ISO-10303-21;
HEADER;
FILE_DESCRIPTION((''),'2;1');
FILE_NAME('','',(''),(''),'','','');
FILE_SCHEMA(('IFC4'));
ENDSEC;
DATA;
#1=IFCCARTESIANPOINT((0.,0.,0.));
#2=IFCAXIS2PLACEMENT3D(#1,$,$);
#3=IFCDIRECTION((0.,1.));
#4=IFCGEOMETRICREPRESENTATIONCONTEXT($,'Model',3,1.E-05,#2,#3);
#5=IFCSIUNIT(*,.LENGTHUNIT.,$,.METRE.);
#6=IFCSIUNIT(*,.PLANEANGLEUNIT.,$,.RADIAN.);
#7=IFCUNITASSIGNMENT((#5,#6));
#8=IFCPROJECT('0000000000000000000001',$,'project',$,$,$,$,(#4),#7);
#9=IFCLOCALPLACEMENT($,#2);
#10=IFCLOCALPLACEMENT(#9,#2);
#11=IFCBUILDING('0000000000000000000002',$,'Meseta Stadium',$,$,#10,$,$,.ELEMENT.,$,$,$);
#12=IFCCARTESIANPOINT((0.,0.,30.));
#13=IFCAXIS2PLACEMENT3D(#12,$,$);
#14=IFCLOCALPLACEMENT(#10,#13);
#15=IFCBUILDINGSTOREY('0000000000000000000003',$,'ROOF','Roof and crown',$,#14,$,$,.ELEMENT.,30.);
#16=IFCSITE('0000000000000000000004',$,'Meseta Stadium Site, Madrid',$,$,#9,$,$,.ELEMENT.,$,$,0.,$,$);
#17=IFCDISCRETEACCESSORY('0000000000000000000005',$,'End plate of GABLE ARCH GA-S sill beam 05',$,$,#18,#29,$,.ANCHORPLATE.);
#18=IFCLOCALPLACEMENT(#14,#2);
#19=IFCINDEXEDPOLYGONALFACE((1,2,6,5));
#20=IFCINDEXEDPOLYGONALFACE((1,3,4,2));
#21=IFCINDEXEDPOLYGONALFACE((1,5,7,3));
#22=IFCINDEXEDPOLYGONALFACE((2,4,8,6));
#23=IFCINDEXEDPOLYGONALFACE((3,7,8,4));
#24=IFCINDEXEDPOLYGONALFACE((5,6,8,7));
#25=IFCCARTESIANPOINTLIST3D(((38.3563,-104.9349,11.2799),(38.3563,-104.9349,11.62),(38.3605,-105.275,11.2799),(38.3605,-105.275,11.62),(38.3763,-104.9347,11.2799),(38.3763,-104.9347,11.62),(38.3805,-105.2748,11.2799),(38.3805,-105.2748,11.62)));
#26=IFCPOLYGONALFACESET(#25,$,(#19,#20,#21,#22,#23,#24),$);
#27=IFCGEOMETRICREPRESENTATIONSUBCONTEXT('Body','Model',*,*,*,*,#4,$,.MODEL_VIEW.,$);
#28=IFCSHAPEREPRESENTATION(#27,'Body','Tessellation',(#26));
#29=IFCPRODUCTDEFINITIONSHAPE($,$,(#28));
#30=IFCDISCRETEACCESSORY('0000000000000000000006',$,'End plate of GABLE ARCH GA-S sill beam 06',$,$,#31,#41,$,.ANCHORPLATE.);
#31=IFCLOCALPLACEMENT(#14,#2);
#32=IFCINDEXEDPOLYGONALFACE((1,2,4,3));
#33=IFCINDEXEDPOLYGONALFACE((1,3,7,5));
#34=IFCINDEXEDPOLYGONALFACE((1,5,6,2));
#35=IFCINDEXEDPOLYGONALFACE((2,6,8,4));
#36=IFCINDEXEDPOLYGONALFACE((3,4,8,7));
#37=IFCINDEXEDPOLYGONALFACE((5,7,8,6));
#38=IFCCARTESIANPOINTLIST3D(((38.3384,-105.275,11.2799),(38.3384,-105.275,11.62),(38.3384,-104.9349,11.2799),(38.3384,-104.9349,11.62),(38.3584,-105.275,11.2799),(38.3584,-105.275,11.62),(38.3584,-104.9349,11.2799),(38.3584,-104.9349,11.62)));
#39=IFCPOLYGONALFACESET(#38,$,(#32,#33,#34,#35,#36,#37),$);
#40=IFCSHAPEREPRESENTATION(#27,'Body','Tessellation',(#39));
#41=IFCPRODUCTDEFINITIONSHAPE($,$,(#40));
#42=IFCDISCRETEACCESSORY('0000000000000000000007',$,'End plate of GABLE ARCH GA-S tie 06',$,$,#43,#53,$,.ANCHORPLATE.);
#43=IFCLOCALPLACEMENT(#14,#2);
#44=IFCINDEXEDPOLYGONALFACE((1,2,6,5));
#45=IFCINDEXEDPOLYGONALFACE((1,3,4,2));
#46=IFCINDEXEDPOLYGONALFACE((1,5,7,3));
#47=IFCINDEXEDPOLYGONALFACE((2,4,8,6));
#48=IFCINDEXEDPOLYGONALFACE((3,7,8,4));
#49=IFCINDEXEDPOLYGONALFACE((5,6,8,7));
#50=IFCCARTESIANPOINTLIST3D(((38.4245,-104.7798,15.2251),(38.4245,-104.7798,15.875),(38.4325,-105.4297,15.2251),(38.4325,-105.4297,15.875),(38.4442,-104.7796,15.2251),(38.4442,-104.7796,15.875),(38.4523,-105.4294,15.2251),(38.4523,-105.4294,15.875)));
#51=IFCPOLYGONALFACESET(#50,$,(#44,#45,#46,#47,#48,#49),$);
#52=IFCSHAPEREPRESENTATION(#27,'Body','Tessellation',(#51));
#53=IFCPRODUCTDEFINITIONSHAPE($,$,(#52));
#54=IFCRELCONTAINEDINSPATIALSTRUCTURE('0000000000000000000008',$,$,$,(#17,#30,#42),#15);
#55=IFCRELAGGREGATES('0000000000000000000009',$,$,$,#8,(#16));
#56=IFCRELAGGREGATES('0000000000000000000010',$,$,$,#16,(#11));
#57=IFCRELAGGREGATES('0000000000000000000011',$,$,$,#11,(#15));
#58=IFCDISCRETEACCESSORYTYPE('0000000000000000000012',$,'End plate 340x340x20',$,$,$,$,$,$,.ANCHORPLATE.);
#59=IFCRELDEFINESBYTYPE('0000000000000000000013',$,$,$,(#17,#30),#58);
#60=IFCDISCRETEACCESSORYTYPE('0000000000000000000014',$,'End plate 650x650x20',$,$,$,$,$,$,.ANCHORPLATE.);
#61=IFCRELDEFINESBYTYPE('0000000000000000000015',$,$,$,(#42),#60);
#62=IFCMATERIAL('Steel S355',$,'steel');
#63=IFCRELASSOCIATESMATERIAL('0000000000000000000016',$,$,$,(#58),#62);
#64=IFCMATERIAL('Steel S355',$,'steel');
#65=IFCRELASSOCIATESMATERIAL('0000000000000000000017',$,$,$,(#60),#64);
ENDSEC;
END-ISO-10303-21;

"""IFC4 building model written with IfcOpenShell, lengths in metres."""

from ifc_helpers import new_model, si_unit, direction, frame, origin, origin_2d, place, context, subcontext, project, spatial, rectangle, extrude, material, material_profile, profile_set, type_object, element, save


model = new_model("IFC4")

# Units and contexts
model_context = context("Model", 3, precision=1e-05, world=origin(), true_north=direction((0.0, 1.0)))
body_context = subcontext(model_context, "Body", "Model", "MODEL_VIEW")
ifc_project = project(units=[si_unit("LENGTHUNIT", "METRE"), si_unit("PLANEANGLEUNIT", "RADIAN")], contexts=[model_context])

# Site, building, storey
site_placement = place(None, origin())
site = spatial("IfcSite", under=ifc_project, at=site_placement, Name="Meseta Stadium Site, Madrid", CompositionType="ELEMENT", RefElevation=0.0)
building_placement = place(site_placement, origin())
building = spatial("IfcBuilding", under=site, at=building_placement, Name="Meseta Stadium", CompositionType="ELEMENT")
storey_placement = place(building_placement, frame((0.0, 0.0, 30.0)))
storey = spatial("IfcBuildingStorey", under=building, at=storey_placement, Name="ROOF", Description="Roof and crown", CompositionType="ELEMENT", Elevation=30.0)

# Discrete accessories
ifc_material_1 = material(Name="Steel S355", Category="steel")
ifc_material_profile_1 = material_profile(ifc_material_1, rectangle(XDim=0.3401, YDim=0.3401, at=origin_2d()), Name="PL 340x340")
ifc_profile_set_1 = profile_set([ifc_material_profile_1], Name="Steel S355")
discrete_accessory_type_1 = type_object("IfcDiscreteAccessoryType", Name="End plate 340x340x20", PredefinedType="ANCHORPLATE", material=ifc_profile_set_1)
for number, where, z_axis, x_axis, name in (
    (1, (38.3584, -105.105, 11.45), (0.999926, 0.012194, 0.0), (-0.012194, 0.999926, 0.0), "End plate of GABLE ARCH GA-S sill beam 05"),
    (2, (38.3384, -105.105, 11.45), (1.0, 0.0, 0.0), (0.0, 1.0, 0.0), "End plate of GABLE ARCH GA-S sill beam 06"),
):
    element("IfcDiscreteAccessory", number, at=place(storey_placement, frame(where, z_axis=z_axis, x_axis=x_axis)), inside=storey, type_object=discrete_accessory_type_1, Name=name, PredefinedType="ANCHORPLATE", context=body_context, shape_type="SweptSolid", body=[
        extrude(rectangle(XDim=0.3401, YDim=0.3401, at=origin_2d()), origin(), (0.0, 0.0, 1.0), 0.02),
    ])
ifc_material_2 = material(Name="Steel S355", Category="steel")
ifc_material_profile_2 = material_profile(ifc_material_2, rectangle(XDim=0.6499, YDim=0.6499, at=origin_2d()), Name="PL 650x650")
ifc_profile_set_2 = profile_set([ifc_material_profile_2], Name="Steel S355")
discrete_accessory_type_2 = type_object("IfcDiscreteAccessoryType", Name="End plate 650x650x20", PredefinedType="ANCHORPLATE", material=ifc_profile_set_2)
discrete_accessory_1_placement = place(storey_placement, frame((38.4285, -105.1047, 15.55), z_axis=(0.999924, 0.012345, 0.0), x_axis=(-0.012345, 0.999924, 0.0)))
element("IfcDiscreteAccessory", 3, at=discrete_accessory_1_placement, inside=storey, type_object=discrete_accessory_type_2, Name="End plate of GABLE ARCH GA-S tie 06", PredefinedType="ANCHORPLATE", context=body_context, shape_type="SweptSolid", body=[
    extrude(rectangle(XDim=0.6499, YDim=0.6499, at=origin_2d()), origin(), (0.0, 0.0, 1.0), 0.0198),
])

save(model, "model.ifc")
